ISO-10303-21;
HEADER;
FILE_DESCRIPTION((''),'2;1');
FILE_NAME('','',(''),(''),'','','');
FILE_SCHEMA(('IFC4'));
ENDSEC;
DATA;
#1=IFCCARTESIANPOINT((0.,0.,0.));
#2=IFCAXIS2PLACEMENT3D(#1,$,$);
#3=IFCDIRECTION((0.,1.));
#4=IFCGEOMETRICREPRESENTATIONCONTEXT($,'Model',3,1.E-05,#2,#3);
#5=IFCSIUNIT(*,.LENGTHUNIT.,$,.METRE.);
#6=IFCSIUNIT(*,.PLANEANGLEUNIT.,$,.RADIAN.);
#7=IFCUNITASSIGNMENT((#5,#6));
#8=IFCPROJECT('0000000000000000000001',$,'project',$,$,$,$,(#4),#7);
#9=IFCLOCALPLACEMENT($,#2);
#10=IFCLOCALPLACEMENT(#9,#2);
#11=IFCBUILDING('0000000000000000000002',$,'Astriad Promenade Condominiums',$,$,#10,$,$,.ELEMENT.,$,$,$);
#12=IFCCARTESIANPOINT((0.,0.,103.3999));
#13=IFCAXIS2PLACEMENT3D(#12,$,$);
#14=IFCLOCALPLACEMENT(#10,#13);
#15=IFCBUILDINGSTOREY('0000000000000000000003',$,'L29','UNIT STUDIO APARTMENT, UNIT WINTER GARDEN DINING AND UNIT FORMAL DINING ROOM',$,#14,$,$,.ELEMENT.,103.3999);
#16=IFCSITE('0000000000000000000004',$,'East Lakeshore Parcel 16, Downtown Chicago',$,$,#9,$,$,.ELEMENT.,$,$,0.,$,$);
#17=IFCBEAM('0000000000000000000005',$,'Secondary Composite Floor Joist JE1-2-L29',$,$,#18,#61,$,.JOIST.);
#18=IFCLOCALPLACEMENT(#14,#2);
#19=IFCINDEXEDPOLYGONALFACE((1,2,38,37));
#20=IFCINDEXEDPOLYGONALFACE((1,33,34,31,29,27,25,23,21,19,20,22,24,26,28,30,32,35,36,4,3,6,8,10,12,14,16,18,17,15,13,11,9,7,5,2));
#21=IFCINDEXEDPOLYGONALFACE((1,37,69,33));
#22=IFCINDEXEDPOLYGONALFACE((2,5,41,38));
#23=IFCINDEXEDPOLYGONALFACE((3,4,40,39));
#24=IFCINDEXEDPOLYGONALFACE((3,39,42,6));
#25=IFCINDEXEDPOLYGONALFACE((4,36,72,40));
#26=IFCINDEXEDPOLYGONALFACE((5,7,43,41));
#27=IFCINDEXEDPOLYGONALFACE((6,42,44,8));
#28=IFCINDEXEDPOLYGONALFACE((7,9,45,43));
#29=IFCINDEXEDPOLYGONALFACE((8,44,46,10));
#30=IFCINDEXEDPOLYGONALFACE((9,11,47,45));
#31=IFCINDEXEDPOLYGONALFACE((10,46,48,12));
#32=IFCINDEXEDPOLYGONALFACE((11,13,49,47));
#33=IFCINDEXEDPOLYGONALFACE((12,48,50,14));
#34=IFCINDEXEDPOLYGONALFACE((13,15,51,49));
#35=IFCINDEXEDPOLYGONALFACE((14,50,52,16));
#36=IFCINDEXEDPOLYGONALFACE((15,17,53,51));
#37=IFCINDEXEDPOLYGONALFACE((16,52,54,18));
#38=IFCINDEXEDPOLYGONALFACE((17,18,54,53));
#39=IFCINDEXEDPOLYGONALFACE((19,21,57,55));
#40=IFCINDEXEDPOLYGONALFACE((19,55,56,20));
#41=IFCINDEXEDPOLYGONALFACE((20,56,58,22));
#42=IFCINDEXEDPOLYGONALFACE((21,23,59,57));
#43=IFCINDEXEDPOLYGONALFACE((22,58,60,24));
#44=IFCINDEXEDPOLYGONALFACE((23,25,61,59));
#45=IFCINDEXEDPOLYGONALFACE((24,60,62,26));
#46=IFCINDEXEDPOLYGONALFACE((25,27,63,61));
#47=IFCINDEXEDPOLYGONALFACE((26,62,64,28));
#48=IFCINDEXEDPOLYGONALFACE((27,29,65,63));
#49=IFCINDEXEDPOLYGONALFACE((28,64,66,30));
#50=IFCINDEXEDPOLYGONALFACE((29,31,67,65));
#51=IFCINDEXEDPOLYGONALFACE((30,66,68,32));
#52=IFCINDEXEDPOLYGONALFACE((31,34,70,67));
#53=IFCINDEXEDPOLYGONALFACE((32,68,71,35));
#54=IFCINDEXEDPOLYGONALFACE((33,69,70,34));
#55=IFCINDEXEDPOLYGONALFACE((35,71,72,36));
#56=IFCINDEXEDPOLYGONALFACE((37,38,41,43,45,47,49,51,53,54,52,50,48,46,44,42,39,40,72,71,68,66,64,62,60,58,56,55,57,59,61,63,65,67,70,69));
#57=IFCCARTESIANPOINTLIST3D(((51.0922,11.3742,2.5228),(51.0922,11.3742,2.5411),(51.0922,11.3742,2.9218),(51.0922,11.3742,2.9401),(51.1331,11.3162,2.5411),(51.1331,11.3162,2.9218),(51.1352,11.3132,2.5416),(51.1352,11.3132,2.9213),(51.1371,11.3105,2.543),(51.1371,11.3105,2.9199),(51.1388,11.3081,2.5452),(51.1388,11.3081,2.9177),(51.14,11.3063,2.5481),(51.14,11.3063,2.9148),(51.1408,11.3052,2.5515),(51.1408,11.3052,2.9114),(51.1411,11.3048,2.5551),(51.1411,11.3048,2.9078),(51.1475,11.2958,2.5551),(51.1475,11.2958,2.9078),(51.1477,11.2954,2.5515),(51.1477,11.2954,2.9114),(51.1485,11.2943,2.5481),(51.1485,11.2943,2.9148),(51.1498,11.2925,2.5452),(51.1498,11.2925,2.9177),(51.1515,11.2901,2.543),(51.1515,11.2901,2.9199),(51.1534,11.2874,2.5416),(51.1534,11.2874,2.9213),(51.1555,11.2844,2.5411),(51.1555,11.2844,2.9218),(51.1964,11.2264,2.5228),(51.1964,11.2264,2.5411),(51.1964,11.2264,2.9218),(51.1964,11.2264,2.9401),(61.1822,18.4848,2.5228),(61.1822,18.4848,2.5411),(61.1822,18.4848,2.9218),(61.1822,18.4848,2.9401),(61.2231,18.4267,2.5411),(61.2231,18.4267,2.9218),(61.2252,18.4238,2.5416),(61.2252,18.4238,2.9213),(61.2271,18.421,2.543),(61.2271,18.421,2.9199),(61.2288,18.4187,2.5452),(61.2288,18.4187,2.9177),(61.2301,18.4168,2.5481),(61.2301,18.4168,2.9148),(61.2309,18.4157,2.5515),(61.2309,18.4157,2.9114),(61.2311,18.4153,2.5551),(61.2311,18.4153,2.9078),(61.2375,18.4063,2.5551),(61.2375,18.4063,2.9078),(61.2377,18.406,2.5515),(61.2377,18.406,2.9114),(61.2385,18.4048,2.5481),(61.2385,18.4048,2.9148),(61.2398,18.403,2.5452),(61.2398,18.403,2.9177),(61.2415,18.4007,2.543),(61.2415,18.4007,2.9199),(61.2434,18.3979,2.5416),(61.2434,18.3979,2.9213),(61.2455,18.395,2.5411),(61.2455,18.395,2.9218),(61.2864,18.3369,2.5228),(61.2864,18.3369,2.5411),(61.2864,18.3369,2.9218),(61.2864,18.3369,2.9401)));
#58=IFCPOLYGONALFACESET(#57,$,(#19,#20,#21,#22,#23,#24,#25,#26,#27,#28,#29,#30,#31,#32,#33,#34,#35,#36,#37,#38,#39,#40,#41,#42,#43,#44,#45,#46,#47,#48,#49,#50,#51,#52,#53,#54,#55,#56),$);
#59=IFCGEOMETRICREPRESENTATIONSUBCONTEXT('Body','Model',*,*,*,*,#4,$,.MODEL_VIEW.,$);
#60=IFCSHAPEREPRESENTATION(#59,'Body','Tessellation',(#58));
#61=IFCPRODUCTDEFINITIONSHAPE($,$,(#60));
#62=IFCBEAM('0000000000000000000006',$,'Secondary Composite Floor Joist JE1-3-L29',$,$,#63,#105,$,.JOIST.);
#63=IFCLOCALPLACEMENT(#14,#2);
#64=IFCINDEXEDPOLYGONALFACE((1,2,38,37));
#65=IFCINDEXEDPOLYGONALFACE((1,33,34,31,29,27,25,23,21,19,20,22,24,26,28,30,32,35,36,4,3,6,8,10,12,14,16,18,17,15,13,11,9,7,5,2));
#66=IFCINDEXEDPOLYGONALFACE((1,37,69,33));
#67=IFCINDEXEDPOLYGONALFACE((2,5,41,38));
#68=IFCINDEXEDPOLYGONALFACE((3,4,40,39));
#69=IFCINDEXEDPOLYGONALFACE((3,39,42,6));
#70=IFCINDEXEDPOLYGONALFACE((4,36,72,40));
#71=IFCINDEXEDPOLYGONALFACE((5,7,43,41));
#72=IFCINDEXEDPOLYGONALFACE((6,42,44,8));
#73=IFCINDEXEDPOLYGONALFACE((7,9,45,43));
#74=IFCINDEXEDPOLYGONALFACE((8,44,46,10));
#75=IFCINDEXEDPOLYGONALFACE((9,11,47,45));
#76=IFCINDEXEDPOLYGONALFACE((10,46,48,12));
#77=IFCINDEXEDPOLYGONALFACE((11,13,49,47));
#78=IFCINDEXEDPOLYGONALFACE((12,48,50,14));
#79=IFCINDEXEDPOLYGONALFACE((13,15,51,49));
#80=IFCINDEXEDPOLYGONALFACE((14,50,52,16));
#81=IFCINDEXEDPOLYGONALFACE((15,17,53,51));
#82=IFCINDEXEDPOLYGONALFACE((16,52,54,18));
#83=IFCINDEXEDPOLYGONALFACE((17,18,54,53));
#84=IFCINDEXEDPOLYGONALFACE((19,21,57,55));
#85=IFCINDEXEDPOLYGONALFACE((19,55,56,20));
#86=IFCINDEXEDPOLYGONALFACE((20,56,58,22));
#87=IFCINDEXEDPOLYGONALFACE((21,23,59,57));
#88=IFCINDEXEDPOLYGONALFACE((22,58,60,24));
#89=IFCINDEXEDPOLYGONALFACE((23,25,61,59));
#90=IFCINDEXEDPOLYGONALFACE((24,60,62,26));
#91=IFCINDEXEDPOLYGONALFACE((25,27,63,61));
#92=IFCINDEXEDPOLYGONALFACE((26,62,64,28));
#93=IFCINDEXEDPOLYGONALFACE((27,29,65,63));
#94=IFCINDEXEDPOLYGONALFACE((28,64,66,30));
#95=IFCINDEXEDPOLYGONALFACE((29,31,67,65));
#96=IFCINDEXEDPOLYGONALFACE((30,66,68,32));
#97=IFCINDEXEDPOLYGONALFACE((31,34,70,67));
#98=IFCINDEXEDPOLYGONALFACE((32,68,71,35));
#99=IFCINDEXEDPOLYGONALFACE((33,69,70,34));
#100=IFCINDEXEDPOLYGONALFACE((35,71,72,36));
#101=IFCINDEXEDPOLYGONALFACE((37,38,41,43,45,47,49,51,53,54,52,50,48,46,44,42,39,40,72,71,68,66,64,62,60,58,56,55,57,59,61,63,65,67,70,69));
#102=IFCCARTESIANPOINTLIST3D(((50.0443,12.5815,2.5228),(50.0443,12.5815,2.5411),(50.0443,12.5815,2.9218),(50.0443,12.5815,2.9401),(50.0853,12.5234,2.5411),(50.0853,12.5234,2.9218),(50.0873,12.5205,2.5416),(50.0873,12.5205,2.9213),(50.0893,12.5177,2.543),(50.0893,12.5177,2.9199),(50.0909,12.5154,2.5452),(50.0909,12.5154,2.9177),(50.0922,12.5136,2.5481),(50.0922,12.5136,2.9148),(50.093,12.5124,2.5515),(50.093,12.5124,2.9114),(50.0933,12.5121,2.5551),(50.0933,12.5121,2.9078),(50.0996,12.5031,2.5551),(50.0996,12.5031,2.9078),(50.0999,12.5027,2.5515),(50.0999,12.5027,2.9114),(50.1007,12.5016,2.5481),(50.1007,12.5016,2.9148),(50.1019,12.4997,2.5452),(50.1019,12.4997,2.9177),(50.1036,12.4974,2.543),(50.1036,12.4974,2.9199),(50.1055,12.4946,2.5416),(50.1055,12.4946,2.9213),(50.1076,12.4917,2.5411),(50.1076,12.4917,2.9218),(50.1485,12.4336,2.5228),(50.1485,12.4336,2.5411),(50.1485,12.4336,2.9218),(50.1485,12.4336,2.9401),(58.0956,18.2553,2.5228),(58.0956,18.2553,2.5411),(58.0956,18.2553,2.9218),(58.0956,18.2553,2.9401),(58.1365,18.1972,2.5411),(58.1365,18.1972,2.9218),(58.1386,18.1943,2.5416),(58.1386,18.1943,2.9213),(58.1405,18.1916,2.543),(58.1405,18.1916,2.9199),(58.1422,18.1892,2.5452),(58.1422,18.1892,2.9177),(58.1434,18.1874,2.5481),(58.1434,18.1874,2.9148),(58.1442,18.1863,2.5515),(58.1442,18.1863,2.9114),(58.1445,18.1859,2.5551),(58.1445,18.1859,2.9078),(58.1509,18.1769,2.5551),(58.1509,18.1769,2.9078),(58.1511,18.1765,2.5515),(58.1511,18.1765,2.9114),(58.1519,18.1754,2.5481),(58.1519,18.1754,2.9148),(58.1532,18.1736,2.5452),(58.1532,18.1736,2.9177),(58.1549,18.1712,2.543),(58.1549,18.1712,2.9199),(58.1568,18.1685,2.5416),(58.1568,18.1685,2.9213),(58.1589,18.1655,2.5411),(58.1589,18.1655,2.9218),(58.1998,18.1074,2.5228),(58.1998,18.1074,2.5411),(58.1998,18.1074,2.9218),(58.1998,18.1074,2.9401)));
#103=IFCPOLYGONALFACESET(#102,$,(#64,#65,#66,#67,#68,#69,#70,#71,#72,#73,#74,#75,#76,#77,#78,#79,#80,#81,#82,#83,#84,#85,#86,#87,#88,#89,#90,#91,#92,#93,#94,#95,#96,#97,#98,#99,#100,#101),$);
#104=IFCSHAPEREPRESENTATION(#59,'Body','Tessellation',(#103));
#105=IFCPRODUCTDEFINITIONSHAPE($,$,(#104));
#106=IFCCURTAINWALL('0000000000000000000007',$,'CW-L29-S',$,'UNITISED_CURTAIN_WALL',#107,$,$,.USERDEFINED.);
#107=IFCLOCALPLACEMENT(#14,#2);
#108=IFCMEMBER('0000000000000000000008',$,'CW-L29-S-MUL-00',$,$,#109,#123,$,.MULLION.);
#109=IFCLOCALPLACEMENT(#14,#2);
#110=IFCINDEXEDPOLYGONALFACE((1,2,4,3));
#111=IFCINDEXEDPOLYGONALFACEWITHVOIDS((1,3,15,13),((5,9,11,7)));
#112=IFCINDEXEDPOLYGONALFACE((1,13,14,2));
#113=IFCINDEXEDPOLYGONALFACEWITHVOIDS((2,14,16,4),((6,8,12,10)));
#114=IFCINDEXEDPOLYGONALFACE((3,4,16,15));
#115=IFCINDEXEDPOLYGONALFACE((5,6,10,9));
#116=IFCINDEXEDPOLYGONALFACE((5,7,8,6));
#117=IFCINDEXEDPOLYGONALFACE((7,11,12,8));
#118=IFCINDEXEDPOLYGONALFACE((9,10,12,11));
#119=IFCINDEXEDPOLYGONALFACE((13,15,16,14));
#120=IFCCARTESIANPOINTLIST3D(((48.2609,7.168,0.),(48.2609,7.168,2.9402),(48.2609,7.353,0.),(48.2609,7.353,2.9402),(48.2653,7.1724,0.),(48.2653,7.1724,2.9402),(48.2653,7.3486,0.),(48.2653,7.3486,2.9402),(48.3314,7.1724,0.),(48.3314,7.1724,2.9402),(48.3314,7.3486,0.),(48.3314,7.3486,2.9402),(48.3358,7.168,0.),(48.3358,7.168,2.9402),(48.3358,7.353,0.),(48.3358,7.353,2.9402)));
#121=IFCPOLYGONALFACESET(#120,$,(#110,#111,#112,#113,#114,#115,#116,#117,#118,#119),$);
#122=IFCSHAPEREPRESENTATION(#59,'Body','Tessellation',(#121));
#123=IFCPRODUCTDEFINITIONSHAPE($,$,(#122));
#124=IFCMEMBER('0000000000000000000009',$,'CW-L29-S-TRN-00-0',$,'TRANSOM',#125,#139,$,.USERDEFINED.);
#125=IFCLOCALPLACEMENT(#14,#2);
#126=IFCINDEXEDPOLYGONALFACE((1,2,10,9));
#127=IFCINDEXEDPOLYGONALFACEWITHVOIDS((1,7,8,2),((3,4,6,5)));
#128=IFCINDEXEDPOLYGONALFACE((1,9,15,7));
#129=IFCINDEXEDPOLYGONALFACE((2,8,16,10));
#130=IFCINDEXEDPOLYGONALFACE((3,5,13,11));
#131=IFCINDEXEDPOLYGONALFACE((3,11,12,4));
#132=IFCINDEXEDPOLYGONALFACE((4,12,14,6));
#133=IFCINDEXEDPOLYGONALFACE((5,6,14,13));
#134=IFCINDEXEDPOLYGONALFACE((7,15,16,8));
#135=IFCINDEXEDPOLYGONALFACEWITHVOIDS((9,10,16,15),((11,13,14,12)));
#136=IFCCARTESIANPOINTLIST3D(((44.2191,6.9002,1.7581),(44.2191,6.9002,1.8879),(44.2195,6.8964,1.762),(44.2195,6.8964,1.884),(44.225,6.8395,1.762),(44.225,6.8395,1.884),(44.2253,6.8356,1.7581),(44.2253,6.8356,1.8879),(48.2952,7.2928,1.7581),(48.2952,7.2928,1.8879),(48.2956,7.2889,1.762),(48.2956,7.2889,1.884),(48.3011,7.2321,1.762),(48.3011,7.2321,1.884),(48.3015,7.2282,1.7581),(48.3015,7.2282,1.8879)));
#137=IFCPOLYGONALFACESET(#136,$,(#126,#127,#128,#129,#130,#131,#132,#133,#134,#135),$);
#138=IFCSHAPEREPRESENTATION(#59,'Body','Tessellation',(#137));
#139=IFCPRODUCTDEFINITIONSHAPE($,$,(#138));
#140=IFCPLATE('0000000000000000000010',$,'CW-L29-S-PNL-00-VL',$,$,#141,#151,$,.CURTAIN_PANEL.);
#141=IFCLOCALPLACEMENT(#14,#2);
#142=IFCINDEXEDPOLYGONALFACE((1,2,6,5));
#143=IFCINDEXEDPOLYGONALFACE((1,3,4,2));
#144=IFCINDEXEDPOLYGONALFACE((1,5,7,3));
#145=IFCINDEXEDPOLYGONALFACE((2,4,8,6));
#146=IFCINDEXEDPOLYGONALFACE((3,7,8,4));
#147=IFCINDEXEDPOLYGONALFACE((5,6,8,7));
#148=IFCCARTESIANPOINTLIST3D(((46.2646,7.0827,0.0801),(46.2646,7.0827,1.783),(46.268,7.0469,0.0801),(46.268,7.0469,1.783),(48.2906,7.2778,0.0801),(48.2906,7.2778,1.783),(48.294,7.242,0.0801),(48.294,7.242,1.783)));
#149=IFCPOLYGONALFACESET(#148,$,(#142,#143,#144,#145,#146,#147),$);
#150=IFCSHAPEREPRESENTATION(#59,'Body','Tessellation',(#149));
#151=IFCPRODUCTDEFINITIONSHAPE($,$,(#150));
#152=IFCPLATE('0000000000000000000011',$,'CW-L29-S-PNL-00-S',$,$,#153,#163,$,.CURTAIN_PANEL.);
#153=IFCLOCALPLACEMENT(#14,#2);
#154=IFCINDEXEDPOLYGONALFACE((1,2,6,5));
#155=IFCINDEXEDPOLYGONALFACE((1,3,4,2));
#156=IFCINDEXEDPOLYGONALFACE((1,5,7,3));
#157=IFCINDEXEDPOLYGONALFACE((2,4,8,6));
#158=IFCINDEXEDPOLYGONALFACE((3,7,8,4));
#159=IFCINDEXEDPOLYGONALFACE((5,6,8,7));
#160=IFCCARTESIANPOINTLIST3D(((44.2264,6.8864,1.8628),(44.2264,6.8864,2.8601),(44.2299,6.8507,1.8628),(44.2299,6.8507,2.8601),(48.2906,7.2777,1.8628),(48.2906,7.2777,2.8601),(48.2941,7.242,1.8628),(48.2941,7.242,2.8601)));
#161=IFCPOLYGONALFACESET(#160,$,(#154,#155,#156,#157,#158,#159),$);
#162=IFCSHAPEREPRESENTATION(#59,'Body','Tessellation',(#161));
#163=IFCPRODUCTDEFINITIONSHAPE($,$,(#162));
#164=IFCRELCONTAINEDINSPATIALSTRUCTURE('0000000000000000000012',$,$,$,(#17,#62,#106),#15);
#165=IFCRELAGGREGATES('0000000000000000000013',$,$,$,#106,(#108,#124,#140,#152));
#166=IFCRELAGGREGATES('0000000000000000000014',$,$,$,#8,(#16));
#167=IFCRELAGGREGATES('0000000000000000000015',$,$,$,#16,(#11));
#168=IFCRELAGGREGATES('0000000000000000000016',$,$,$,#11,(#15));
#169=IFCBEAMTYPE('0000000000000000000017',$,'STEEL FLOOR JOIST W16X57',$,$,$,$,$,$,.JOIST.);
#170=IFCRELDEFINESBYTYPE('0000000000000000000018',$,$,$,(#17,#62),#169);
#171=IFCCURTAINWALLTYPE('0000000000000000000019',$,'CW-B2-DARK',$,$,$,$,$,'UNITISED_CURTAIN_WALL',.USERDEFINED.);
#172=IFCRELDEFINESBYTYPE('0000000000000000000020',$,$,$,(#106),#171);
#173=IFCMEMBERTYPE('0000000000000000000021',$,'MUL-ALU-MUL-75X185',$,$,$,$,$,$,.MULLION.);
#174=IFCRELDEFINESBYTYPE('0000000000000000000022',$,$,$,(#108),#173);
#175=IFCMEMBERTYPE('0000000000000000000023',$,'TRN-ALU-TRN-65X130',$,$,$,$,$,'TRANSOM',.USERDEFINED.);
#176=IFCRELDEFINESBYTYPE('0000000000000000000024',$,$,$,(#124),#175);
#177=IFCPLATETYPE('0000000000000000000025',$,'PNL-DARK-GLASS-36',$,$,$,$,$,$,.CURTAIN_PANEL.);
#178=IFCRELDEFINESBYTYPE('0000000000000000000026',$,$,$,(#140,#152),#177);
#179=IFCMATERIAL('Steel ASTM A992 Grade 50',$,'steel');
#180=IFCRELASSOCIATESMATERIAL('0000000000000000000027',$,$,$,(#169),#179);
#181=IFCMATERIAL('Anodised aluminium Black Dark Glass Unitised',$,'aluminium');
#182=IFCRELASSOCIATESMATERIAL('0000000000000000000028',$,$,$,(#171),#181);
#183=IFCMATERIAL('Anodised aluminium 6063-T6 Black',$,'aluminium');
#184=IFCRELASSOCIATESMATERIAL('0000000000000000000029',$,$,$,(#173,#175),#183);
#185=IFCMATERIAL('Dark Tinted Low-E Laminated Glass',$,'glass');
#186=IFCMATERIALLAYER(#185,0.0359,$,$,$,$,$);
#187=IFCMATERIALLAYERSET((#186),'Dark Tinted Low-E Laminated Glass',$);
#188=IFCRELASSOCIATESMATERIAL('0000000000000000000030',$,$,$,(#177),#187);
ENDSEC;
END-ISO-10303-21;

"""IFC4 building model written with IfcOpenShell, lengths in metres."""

from ifc_helpers import new_model, si_unit, direction, frame, origin, origin_2d, place, context, subcontext, project, spatial, rectangle, hollow_rectangle, i_section, extrude, source, transform, mapped, material, layer, layer_set, material_profile, profile_set, type_object, type_shapes, element, aggregate, save


model = new_model("IFC4")

# Units and contexts
model_context = context("Model", 3, precision=1e-05, world=origin(), true_north=direction((0.0, 1.0)))
body_context = subcontext(model_context, "Body", "Model", "MODEL_VIEW")
ifc_project = project(units=[si_unit("LENGTHUNIT", "METRE"), si_unit("PLANEANGLEUNIT", "RADIAN")], contexts=[model_context])

# Site, building, storey
site_placement = place(None, origin())
site = spatial("IfcSite", under=ifc_project, at=site_placement, Name="East Lakeshore Parcel 16, Downtown Chicago", CompositionType="ELEMENT", RefElevation=0.0)
building_placement = place(site_placement, origin())
building = spatial("IfcBuilding", under=site, at=building_placement, Name="Astriad Promenade Condominiums", CompositionType="ELEMENT")
storey_placement = place(building_placement, frame((0.0, 0.0, 103.3999)))
storey = spatial("IfcBuildingStorey", under=building, at=storey_placement, Name="L29", Description="UNIT STUDIO APARTMENT, UNIT WINTER GARDEN DINING AND UNIT FORMAL DINING ROOM", CompositionType="ELEMENT", Elevation=103.3999)

# Beams
ifc_material_1 = material(Name="Steel ASTM A992 Grade 50", Category="steel")
ifc_material_profile_1 = material_profile(ifc_material_1, i_section(OverallWidth=0.1809, OverallDepth=0.4172, WebThickness=0.011, FlangeThickness=0.0183, FilletRadius=0.0139, at=origin_2d()), Name="W16X57")
ifc_profile_set_1 = profile_set([ifc_material_profile_1], Name="Steel ASTM A992 Grade 50")
beam_type_1 = type_object("IfcBeamType", Name="STEEL FLOOR JOIST W16X57", PredefinedType="JOIST", material=ifc_profile_set_1)
shared_shape_1 = source(origin(), body_context, "Body", "SweptSolid", [
    extrude(i_section(OverallWidth=0.1809, OverallDepth=0.4172, WebThickness=0.011, FlangeThickness=0.0183, FilletRadius=0.0139, at=origin_2d()), origin(), (0.0, 0.0, 1.0), 12.3438),
])
beam_1_placement = place(storey_placement, frame((51.1443, 11.3003, 2.7314), z_axis=(0.817419, 0.576044, 0.0), x_axis=(-0.576044, 0.817419, 0.0)))
element("IfcBeam", 1, at=beam_1_placement, inside=storey, type_object=beam_type_1, Name="Secondary Composite Floor Joist JE1-2-L29", PredefinedType="JOIST", context=body_context, shape_type="MappedRepresentation", body=[
    mapped(shared_shape_1, transform((0.0, 0.0, 0.0), scale=1.0)),
])
shared_shape_2 = source(origin(), body_context, "Body", "SweptSolid", [
    extrude(i_section(OverallWidth=0.1809, OverallDepth=0.4172, WebThickness=0.011, FlangeThickness=0.0183, FilletRadius=0.0139, at=origin_2d()), origin(), (0.0, 0.0, 1.0), 9.8496),
])
beam_2_placement = place(storey_placement, frame((50.0964, 12.5076, 2.7314), z_axis=(0.817418, 0.576045, 0.0), x_axis=(-0.576045, 0.817418, 0.0)))
element("IfcBeam", 2, at=beam_2_placement, inside=storey, type_object=beam_type_1, Name="Secondary Composite Floor Joist JE1-3-L29", PredefinedType="JOIST", context=body_context, shape_type="MappedRepresentation", body=[
    mapped(shared_shape_2, transform((0.0, 0.0, 0.0), scale=1.0)),
])

# Curtain wall, members, plates
ifc_material_2 = material(Name="Anodised aluminium Black Dark Glass Unitised", Category="aluminium")
curtain_wall_type = type_object("IfcCurtainWallType", Name="CW-B2-DARK", ElementType="UNITISED_CURTAIN_WALL", PredefinedType="USERDEFINED", material=ifc_material_2)
curtain_wall_placement = place(storey_placement, origin())
curtain_wall = element("IfcCurtainWall", 3, at=curtain_wall_placement, inside=storey, type_object=curtain_wall_type, Name="CW-L29-S", ObjectType="UNITISED_CURTAIN_WALL", PredefinedType="USERDEFINED")
ifc_material_3 = material(Name="Anodised aluminium 6063-T6 Black", Category="aluminium")
ifc_material_profile_2 = material_profile(ifc_material_3, hollow_rectangle(XDim=0.075, YDim=0.1851, WallThickness=0.0044, at=origin_2d()), Name="ALU-MUL-75X185")
ifc_profile_set_2 = profile_set([ifc_material_profile_2], Name="Anodised aluminium 6063-T6 Black")
member_type_1 = type_object("IfcMemberType", Name="MUL-ALU-MUL-75X185", PredefinedType="MULLION", material=ifc_profile_set_2)
shared_shape_3 = source(origin(), body_context, "Body", "SweptSolid", [
    extrude(hollow_rectangle(XDim=0.075, YDim=0.1851, WallThickness=0.0044, at=origin_2d()), origin(), (0.0, 0.0, 1.0), 2.9402),
])
type_shapes(member_type_1, [shared_shape_3])
member_1_placement = place(storey_placement, frame((48.2983, 7.2605, 0.0), z_axis=(0.0, 0.0, 1.0), x_axis=(1.0, 0.0, 0.0)))
member_1 = element("IfcMember", 4, at=member_1_placement, type_object=member_type_1, Name="CW-L29-S-MUL-00", PredefinedType="MULLION", context=body_context, shape_type="MappedRepresentation", body=[
    mapped(shared_shape_3, transform((0.0, 0.0, 0.0), scale=1.0)),
])
ifc_material_profile_3 = material_profile(ifc_material_3, hollow_rectangle(XDim=0.0649, YDim=0.1299, WallThickness=0.0039, at=origin_2d()), Name="ALU-TRN-65X130")
ifc_profile_set_3 = profile_set([ifc_material_profile_3], Name="Anodised aluminium 6063-T6 Black")
member_type_2 = type_object("IfcMemberType", Name="TRN-ALU-TRN-65X130", ElementType="TRANSOM", PredefinedType="USERDEFINED", material=ifc_profile_set_3)
shared_shape_4 = source(origin(), body_context, "Body", "SweptSolid", [
    extrude(hollow_rectangle(XDim=0.0649, YDim=0.1299, WallThickness=0.0039, at=origin_2d()), origin(), (0.0, 0.0, 1.0), 4.095),
])
type_shapes(member_type_2, [shared_shape_4])
member_2_placement = place(storey_placement, frame((48.2983, 7.2605, 1.823), z_axis=(-0.995394, -0.095867, 0.0), x_axis=(0.095867, -0.995394, 0.0)))
member_2 = element("IfcMember", 5, at=member_2_placement, type_object=member_type_2, Name="CW-L29-S-TRN-00-0", ObjectType="TRANSOM", PredefinedType="USERDEFINED", context=body_context, shape_type="MappedRepresentation", body=[
    mapped(shared_shape_4, transform((0.0, 0.0, 0.0), scale=1.0)),
])
ifc_material_4 = material(Name="Dark Tinted Low-E Laminated Glass", Category="glass")
ifc_layer_1 = layer(ifc_material_4, 0.0359)
ifc_layer_set_1 = layer_set([ifc_layer_1], Name="Dark Tinted Low-E Laminated Glass")
plate_type = type_object("IfcPlateType", Name="PNL-DARK-GLASS-36", PredefinedType="CURTAIN_PANEL", material=ifc_layer_set_1)
shared_shape_5 = source(origin(), body_context, "Body", "SweptSolid", [
    extrude(rectangle(XDim=2.0354, YDim=0.0359, at=origin_2d()), origin(), (0.0, 0.0, 1.0), 1.7029),
])
plate_1_placement = place(storey_placement, frame((47.2793, 7.1624, 0.0801), z_axis=(0.0, 0.0, 1.0), x_axis=(-0.995396, -0.095846, 0.0)))
plate_1 = element("IfcPlate", 6, at=plate_1_placement, type_object=plate_type, Name="CW-L29-S-PNL-00-VL", PredefinedType="CURTAIN_PANEL", context=body_context, shape_type="MappedRepresentation", body=[
    mapped(shared_shape_5, transform((0.0, 0.0, 0.0), scale=1.0)),
])
shared_shape_6 = source(origin(), body_context, "Body", "SweptSolid", [
    extrude(rectangle(XDim=4.083, YDim=0.0359, at=origin_2d()), origin(), (0.0, 0.0, 1.0), 0.9973),
])
type_shapes(plate_type, [shared_shape_5, shared_shape_6])
plate_2_placement = place(storey_placement, frame((46.2603, 7.0642, 1.8628), z_axis=(0.0, 0.0, 1.0), x_axis=(-0.995396, -0.095846, 0.0)))
plate_2 = element("IfcPlate", 7, at=plate_2_placement, type_object=plate_type, Name="CW-L29-S-PNL-00-S", PredefinedType="CURTAIN_PANEL", context=body_context, shape_type="MappedRepresentation", body=[
    mapped(shared_shape_6, transform((0.0, 0.0, 0.0), scale=1.0)),
])
aggregate(curtain_wall, [member_1, member_2, plate_1, plate_2])

save(model, "model.ifc")
